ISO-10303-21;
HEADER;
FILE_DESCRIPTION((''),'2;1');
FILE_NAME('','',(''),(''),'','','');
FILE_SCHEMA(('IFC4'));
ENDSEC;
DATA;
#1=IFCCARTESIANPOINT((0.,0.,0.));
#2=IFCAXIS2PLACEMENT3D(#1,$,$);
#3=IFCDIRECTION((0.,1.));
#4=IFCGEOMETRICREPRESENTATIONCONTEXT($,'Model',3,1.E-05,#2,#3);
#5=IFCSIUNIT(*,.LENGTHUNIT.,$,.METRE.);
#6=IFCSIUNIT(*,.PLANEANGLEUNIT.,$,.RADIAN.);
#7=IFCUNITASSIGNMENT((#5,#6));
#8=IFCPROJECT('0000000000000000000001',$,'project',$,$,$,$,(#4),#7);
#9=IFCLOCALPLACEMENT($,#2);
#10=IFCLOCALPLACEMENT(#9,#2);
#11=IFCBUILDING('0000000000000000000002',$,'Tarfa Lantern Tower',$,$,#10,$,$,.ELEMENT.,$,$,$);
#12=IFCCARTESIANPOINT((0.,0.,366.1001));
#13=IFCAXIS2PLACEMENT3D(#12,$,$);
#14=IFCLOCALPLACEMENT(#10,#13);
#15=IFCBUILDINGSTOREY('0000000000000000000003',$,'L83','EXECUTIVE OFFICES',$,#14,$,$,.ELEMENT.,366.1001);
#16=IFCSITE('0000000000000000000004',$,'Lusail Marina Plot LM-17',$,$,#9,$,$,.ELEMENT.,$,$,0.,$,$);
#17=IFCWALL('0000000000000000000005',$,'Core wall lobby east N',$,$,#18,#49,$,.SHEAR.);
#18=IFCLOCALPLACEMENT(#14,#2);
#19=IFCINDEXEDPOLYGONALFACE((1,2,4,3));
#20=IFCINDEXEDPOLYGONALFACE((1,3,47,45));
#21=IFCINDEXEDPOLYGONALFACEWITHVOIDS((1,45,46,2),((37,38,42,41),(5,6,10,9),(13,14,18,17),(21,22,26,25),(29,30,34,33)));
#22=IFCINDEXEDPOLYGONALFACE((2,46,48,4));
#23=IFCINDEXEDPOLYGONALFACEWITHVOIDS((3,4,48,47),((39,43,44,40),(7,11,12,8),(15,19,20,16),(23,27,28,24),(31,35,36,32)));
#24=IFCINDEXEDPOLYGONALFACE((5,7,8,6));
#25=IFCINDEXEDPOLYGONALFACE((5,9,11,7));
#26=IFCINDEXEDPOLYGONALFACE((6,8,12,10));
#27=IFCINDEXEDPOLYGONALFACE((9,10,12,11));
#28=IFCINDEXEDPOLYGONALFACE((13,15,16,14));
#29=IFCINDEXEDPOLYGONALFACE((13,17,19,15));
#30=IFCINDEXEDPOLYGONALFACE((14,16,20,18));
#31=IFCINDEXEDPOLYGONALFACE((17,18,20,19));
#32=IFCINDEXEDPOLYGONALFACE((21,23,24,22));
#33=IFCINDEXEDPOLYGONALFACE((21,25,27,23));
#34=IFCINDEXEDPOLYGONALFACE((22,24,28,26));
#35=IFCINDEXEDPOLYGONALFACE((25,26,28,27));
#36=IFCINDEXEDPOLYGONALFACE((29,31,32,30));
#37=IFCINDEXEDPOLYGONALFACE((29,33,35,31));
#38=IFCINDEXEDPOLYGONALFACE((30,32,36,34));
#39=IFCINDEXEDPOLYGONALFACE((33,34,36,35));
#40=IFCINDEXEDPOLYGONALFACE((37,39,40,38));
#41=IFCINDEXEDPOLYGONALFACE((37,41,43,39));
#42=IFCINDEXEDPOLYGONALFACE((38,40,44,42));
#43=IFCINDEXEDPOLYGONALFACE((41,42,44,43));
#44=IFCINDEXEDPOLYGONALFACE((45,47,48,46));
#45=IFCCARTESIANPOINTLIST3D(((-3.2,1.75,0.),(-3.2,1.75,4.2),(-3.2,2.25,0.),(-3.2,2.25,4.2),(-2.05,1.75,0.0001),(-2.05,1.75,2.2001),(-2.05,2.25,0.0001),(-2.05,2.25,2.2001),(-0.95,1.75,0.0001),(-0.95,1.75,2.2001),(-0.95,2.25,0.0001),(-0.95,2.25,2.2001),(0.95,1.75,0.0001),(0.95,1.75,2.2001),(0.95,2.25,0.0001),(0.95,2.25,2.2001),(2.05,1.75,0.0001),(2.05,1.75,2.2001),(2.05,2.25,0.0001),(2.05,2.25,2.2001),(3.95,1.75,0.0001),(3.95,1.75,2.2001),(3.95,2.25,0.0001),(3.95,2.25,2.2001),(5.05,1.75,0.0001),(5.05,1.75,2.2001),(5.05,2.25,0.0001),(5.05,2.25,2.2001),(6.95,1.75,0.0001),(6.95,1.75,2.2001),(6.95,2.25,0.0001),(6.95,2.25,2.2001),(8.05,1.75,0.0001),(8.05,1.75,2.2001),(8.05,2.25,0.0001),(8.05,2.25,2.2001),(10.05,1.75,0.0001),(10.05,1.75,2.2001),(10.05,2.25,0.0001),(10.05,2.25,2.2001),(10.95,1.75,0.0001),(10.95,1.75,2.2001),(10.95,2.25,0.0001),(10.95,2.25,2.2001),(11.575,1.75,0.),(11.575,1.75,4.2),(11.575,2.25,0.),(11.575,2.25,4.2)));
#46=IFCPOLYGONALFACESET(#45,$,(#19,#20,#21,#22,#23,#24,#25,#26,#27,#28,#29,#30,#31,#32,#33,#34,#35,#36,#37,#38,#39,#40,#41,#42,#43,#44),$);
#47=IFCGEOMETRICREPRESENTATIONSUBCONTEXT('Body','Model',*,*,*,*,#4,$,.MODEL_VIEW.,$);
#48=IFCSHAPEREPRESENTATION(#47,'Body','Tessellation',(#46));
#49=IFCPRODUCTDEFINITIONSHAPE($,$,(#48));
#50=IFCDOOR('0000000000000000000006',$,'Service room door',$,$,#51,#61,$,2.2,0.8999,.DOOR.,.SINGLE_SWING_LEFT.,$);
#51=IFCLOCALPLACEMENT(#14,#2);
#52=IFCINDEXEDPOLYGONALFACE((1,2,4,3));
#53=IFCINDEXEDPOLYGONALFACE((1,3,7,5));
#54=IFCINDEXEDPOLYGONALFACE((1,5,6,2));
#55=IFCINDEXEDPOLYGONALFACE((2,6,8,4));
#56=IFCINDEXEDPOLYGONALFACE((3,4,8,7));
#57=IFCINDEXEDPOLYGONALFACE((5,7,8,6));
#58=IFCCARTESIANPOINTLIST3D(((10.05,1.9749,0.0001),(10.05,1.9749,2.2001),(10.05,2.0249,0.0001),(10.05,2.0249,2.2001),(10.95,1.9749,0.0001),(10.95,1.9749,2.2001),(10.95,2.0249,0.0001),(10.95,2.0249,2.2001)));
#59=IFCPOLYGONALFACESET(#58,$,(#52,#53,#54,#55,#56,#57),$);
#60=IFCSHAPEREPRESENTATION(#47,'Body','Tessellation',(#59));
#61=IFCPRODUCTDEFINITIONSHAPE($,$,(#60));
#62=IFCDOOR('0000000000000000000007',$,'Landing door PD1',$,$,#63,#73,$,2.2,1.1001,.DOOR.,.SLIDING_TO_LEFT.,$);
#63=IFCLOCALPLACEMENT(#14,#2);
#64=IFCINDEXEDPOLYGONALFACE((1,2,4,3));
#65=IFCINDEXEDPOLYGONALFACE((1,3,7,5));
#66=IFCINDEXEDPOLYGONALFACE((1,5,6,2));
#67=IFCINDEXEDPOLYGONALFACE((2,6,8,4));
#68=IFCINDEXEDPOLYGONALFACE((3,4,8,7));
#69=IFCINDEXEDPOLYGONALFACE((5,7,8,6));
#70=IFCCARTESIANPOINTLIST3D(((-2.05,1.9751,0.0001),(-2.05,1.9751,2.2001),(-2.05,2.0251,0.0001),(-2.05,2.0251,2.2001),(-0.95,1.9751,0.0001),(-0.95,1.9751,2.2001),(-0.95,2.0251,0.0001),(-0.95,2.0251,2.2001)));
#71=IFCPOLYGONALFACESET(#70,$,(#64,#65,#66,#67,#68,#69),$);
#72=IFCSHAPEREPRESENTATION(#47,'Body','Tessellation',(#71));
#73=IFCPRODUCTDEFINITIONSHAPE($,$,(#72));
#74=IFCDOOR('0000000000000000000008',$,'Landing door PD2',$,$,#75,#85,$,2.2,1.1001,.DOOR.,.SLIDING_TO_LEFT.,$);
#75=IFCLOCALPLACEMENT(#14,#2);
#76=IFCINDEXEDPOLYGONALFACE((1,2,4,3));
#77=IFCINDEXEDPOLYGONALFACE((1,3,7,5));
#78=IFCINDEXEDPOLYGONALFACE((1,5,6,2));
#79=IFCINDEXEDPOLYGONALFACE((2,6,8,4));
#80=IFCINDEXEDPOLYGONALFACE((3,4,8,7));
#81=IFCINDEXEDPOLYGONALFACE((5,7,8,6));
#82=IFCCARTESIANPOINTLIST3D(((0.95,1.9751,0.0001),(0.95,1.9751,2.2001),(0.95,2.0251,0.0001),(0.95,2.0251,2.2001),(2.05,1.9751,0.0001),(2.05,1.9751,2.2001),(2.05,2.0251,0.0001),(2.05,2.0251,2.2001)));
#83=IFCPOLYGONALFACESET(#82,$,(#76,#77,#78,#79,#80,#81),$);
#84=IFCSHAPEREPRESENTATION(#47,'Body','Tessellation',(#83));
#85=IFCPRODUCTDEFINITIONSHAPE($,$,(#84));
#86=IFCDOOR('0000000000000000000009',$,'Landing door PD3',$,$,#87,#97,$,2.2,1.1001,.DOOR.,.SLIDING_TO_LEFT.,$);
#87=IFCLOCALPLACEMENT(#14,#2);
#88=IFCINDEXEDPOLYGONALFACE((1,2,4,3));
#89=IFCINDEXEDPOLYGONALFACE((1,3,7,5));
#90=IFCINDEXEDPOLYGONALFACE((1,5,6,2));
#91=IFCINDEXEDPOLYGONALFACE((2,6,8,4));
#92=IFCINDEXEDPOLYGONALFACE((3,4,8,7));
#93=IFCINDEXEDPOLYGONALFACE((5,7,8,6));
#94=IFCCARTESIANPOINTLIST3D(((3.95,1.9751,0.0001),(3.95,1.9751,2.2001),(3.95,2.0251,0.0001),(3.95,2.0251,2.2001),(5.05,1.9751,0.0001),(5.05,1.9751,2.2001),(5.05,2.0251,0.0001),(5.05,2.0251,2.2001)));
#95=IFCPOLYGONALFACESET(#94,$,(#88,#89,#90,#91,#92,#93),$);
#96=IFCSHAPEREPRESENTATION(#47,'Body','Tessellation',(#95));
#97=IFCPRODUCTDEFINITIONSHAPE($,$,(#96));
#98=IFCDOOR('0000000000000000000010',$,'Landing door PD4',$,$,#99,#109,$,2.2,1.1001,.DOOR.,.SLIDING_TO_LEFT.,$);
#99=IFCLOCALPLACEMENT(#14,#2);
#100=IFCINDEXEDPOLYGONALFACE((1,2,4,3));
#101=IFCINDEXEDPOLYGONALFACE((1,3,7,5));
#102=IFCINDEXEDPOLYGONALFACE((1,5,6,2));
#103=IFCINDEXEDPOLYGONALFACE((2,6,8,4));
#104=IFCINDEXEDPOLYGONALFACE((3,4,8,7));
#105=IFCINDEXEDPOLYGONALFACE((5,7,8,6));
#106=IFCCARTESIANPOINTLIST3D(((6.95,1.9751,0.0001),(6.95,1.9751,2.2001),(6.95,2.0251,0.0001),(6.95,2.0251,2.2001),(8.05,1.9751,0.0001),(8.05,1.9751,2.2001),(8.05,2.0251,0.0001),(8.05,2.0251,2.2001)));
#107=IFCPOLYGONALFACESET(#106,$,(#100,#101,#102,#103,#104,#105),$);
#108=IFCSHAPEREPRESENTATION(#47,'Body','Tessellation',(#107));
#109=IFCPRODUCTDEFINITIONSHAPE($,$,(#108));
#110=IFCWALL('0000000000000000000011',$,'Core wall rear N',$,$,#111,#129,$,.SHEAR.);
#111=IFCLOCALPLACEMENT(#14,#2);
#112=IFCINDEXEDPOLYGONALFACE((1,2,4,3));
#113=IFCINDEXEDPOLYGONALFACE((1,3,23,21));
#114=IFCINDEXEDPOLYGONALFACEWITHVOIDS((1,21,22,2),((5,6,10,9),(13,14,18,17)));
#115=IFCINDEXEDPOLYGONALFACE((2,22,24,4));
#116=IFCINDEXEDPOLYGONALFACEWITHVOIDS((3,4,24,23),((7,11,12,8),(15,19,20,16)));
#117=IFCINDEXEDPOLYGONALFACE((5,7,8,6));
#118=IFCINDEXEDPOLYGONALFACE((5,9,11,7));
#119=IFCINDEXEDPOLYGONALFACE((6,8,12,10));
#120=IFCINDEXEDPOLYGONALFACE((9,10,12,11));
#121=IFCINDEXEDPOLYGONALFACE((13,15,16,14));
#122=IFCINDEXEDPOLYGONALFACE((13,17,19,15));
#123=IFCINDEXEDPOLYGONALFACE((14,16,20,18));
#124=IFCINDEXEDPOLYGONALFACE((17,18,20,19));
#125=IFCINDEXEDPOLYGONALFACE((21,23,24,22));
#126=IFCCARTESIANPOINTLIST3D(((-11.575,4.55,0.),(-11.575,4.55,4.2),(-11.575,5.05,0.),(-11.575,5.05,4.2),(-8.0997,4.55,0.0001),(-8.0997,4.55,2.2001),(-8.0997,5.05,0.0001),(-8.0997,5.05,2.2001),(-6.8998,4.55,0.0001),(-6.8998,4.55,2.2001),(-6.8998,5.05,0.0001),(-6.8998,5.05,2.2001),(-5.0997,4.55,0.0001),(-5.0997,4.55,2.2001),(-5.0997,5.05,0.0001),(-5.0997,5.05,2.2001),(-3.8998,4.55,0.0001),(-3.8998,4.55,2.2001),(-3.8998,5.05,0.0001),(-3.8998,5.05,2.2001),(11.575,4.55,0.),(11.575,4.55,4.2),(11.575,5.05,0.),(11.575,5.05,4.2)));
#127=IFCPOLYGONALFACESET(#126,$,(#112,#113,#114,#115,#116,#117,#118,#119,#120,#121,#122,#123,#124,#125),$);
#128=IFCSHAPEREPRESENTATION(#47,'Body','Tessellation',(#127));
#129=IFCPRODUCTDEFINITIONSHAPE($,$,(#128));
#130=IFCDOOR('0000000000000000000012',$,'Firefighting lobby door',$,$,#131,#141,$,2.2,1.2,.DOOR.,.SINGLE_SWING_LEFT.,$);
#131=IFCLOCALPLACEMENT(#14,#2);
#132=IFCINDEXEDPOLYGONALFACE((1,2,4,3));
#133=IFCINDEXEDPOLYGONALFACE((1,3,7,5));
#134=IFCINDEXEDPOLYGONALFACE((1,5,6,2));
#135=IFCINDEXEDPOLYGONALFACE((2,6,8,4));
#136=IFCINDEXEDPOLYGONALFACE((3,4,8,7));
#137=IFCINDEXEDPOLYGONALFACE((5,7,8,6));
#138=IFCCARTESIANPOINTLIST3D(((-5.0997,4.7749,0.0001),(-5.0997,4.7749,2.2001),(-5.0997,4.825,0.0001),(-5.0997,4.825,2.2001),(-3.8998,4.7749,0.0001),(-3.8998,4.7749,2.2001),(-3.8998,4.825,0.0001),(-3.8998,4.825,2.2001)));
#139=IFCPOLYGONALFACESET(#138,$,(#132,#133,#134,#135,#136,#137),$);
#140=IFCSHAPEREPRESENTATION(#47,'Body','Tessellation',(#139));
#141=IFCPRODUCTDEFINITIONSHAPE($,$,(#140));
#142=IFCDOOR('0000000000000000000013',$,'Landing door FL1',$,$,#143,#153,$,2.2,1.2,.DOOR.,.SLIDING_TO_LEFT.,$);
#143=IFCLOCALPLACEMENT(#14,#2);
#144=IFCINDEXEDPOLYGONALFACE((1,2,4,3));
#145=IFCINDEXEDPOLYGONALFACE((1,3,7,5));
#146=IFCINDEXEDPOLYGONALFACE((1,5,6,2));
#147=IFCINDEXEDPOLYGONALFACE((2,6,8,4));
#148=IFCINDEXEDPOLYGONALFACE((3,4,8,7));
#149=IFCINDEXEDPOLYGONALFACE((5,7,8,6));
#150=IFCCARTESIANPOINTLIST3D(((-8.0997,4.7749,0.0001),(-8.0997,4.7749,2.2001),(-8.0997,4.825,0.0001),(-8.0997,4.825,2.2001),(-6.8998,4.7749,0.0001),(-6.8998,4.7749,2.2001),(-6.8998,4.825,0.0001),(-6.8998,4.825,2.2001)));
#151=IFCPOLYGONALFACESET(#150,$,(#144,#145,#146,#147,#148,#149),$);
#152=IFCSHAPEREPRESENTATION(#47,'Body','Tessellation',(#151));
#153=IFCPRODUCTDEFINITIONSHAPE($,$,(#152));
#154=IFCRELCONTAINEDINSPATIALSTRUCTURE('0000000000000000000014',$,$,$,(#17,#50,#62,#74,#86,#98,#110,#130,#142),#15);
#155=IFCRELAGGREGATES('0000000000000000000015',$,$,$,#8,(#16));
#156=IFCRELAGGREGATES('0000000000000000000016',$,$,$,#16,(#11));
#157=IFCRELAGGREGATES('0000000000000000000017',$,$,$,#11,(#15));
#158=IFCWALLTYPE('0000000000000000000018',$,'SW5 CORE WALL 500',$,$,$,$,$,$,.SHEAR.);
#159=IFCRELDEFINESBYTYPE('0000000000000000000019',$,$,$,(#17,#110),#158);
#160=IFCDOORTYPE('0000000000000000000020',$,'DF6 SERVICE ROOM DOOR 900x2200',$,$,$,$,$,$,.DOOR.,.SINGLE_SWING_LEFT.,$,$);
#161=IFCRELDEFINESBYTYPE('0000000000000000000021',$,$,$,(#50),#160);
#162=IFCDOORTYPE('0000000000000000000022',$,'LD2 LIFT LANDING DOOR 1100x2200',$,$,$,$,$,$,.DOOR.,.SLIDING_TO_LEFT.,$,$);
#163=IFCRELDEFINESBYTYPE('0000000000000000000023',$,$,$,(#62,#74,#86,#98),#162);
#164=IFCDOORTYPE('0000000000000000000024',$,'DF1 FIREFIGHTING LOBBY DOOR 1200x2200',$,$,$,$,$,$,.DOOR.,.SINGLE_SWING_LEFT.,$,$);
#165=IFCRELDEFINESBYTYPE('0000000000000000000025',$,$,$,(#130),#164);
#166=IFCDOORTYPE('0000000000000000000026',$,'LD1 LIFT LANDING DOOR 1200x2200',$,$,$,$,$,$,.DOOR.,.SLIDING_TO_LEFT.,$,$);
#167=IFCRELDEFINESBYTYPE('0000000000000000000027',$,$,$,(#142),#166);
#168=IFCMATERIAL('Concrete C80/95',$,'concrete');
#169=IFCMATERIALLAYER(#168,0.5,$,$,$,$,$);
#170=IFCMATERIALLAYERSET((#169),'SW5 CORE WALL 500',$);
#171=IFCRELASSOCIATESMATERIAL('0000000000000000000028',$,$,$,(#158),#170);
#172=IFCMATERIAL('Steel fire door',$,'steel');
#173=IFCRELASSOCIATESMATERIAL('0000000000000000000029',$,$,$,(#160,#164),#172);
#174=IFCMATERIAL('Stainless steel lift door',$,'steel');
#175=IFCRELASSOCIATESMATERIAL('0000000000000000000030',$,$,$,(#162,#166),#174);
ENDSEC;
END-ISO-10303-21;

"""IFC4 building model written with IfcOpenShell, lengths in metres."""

from ifc_helpers import new_model, si_unit, direction, frame, frame_2d, origin, place, context, subcontext, project, spatial, rectangle, extrude, material, layer, layer_set, type_object, element, fill, save


model = new_model("IFC4")

# Units and contexts
model_context = context("Model", 3, precision=1e-05, world=origin(), true_north=direction((0.0, 1.0)))
body_context = subcontext(model_context, "Body", "Model", "MODEL_VIEW")
ifc_project = project(units=[si_unit("LENGTHUNIT", "METRE"), si_unit("PLANEANGLEUNIT", "RADIAN")], contexts=[model_context])

# Site, building, storey
site_placement = place(None, origin())
site = spatial("IfcSite", under=ifc_project, at=site_placement, Name="Lusail Marina Plot LM-17", CompositionType="ELEMENT", RefElevation=0.0)
building_placement = place(site_placement, origin())
building = spatial("IfcBuilding", under=site, at=building_placement, Name="Tarfa Lantern Tower", CompositionType="ELEMENT")
storey_placement = place(building_placement, frame((0.0, 0.0, 366.1001)))
storey = spatial("IfcBuildingStorey", under=building, at=storey_placement, Name="L83", Description="EXECUTIVE OFFICES", CompositionType="ELEMENT", Elevation=366.1001)

# Shared definitions
ifc_material_1 = material(Name="Concrete C80/95", Category="concrete")

# Shared definitions
ifc_material_2 = material(Name="Steel fire door", Category="steel")
ifc_layer_1 = layer(ifc_material_1, 0.5)
ifc_layer_set_1 = layer_set([ifc_layer_1], Name="SW5 CORE WALL 500")
wall_type_1 = type_object("IfcWallType", Name="SW5 CORE WALL 500", PredefinedType="SHEAR", material=ifc_layer_set_1)
door_type_1 = type_object("IfcDoorType", Name="DF6 SERVICE ROOM DOOR 900x2200", OperationType="SINGLE_SWING_LEFT", PredefinedType="DOOR", material=ifc_material_2)

# Walls, openings, doors
wall_1_placement = place(storey_placement, frame((-3.2, 2.0, 0.0), z_axis=(0.0, 0.0, 1.0), x_axis=(1.0, 0.0, 0.0)))
wall_1 = element("IfcWall", 1, at=wall_1_placement, inside=storey, type_object=wall_type_1, Name="Core wall lobby east N", PredefinedType="SHEAR", context=body_context, shape_type="SweptSolid", body=[
    extrude(rectangle(XDim=14.7749, YDim=0.5, at=frame_2d((7.3875, 0.0))), origin(), (0.0, 0.0, 1.0), 4.2),
])
opening_1_placement = place(wall_1_placement, frame((13.25, 0.0, 0.0)))
opening_1 = element("IfcOpeningElement", 2, at=opening_1_placement, cuts=wall_1, PredefinedType="OPENING", context=body_context, shape_type="SweptSolid", body=[
    extrude(rectangle(XDim=0.8999, YDim=2.2, at=frame_2d((0.45, 1.1001))), frame((0.0, 0.26, 0.0), z_axis=(0.0, -1.0, 0.0), x_axis=(1.0, 0.0, 0.0)), (0.0, 0.0, 1.0), 0.52),
])
opening_2_placement = place(wall_1_placement, frame((1.1499, 0.0, 0.0)))
opening_2 = element("IfcOpeningElement", 3, at=opening_2_placement, cuts=wall_1, PredefinedType="OPENING", context=body_context, shape_type="SweptSolid", body=[
    extrude(rectangle(XDim=1.1001, YDim=2.2, at=frame_2d((0.55, 1.1001))), frame((0.0, 0.26, 0.0), z_axis=(0.0, -1.0, 0.0), x_axis=(1.0, 0.0, 0.0)), (0.0, 0.0, 1.0), 0.52),
])
opening_3_placement = place(wall_1_placement, frame((4.1499, 0.0, 0.0)))
opening_3 = element("IfcOpeningElement", 4, at=opening_3_placement, cuts=wall_1, PredefinedType="OPENING", context=body_context, shape_type="SweptSolid", body=[
    extrude(rectangle(XDim=1.1001, YDim=2.2, at=frame_2d((0.55, 1.1001))), frame((0.0, 0.26, 0.0), z_axis=(0.0, -1.0, 0.0), x_axis=(1.0, 0.0, 0.0)), (0.0, 0.0, 1.0), 0.52),
])
opening_4_placement = place(wall_1_placement, frame((7.1499, 0.0, 0.0)))
opening_4 = element("IfcOpeningElement", 5, at=opening_4_placement, cuts=wall_1, PredefinedType="OPENING", context=body_context, shape_type="SweptSolid", body=[
    extrude(rectangle(XDim=1.1001, YDim=2.2, at=frame_2d((0.55, 1.1001))), frame((0.0, 0.26, 0.0), z_axis=(0.0, -1.0, 0.0), x_axis=(1.0, 0.0, 0.0)), (0.0, 0.0, 1.0), 0.52),
])
opening_5_placement = place(wall_1_placement, frame((10.1499, 0.0, 0.0)))
opening_5 = element("IfcOpeningElement", 6, at=opening_5_placement, cuts=wall_1, PredefinedType="OPENING", context=body_context, shape_type="SweptSolid", body=[
    extrude(rectangle(XDim=1.1001, YDim=2.2, at=frame_2d((0.55, 1.1001))), frame((0.0, 0.26, 0.0), z_axis=(0.0, -1.0, 0.0), x_axis=(1.0, 0.0, 0.0)), (0.0, 0.0, 1.0), 0.52),
])
door_1_placement = place(opening_1_placement, origin())
door_1 = element("IfcDoor", 7, at=door_1_placement, inside=storey, type_object=door_type_1, Name="Service room door", OperationType="SINGLE_SWING_LEFT", OverallHeight=2.2, OverallWidth=0.8999, PredefinedType="DOOR", context=body_context, shape_type="SweptSolid", body=[
    extrude(rectangle(XDim=0.8999, YDim=2.2, at=frame_2d((0.45, 1.1001))), frame((0.0, 0.0249, 0.0), z_axis=(0.0, -1.0, 0.0), x_axis=(1.0, 0.0, 0.0)), (0.0, 0.0, 1.0), 0.05),
])
fill(opening_1, door_1)
ifc_material_3 = material(Name="Stainless steel lift door", Category="steel")
door_type_2 = type_object("IfcDoorType", Name="LD2 LIFT LANDING DOOR 1100x2200", OperationType="SLIDING_TO_LEFT", PredefinedType="DOOR", material=ifc_material_3)
door_2_placement = place(opening_2_placement, frame((1.1001, 0.0, 0.0), z_axis=(0.0, 0.0, 1.0), x_axis=(-1.0, 0.0, 0.0)))
door_2 = element("IfcDoor", 8, at=door_2_placement, inside=storey, type_object=door_type_2, Name="Landing door PD1", OperationType="SLIDING_TO_LEFT", OverallHeight=2.2, OverallWidth=1.1001, PredefinedType="DOOR", context=body_context, shape_type="SweptSolid", body=[
    extrude(rectangle(XDim=1.1001, YDim=2.2, at=frame_2d((0.55, 1.1001))), frame((0.0, 0.0249, 0.0), z_axis=(0.0, -1.0, 0.0), x_axis=(1.0, 0.0, 0.0)), (0.0, 0.0, 1.0), 0.05),
])
fill(opening_2, door_2)
door_3_placement = place(opening_3_placement, frame((1.1001, 0.0, 0.0), z_axis=(0.0, 0.0, 1.0), x_axis=(-1.0, 0.0, 0.0)))
door_3 = element("IfcDoor", 9, at=door_3_placement, inside=storey, type_object=door_type_2, Name="Landing door PD2", OperationType="SLIDING_TO_LEFT", OverallHeight=2.2, OverallWidth=1.1001, PredefinedType="DOOR", context=body_context, shape_type="SweptSolid", body=[
    extrude(rectangle(XDim=1.1001, YDim=2.2, at=frame_2d((0.55, 1.1001))), frame((0.0, 0.0249, 0.0), z_axis=(0.0, -1.0, 0.0), x_axis=(1.0, 0.0, 0.0)), (0.0, 0.0, 1.0), 0.05),
])
fill(opening_3, door_3)
door_4_placement = place(opening_4_placement, frame((1.1001, 0.0, 0.0), z_axis=(0.0, 0.0, 1.0), x_axis=(-1.0, 0.0, 0.0)))
door_4 = element("IfcDoor", 10, at=door_4_placement, inside=storey, type_object=door_type_2, Name="Landing door PD3", OperationType="SLIDING_TO_LEFT", OverallHeight=2.2, OverallWidth=1.1001, PredefinedType="DOOR", context=body_context, shape_type="SweptSolid", body=[
    extrude(rectangle(XDim=1.1001, YDim=2.2, at=frame_2d((0.55, 1.1001))), frame((0.0, 0.0249, 0.0), z_axis=(0.0, -1.0, 0.0), x_axis=(1.0, 0.0, 0.0)), (0.0, 0.0, 1.0), 0.05),
])
fill(opening_4, door_4)
door_5_placement = place(opening_5_placement, frame((1.1001, 0.0, 0.0), z_axis=(0.0, 0.0, 1.0), x_axis=(-1.0, 0.0, 0.0)))
door_5 = element("IfcDoor", 11, at=door_5_placement, inside=storey, type_object=door_type_2, Name="Landing door PD4", OperationType="SLIDING_TO_LEFT", OverallHeight=2.2, OverallWidth=1.1001, PredefinedType="DOOR", context=body_context, shape_type="SweptSolid", body=[
    extrude(rectangle(XDim=1.1001, YDim=2.2, at=frame_2d((0.55, 1.1001))), frame((0.0, 0.0249, 0.0), z_axis=(0.0, -1.0, 0.0), x_axis=(1.0, 0.0, 0.0)), (0.0, 0.0, 1.0), 0.05),
])
fill(opening_5, door_5)
wall_2_placement = place(storey_placement, frame((-11.575, 4.8, 0.0), z_axis=(0.0, 0.0, 1.0), x_axis=(1.0, 0.0, 0.0)))
wall_2 = element("IfcWall", 12, at=wall_2_placement, inside=storey, type_object=wall_type_1, Name="Core wall rear N", PredefinedType="SHEAR", context=body_context, shape_type="SweptSolid", body=[
    extrude(rectangle(XDim=23.1499, YDim=0.5, at=frame_2d((11.575, 0.0))), origin(), (0.0, 0.0, 1.0), 4.2),
])
opening_6_placement = place(wall_2_placement, frame((6.4751, 0.0, 0.0)))
opening_6 = element("IfcOpeningElement", 13, at=opening_6_placement, cuts=wall_2, PredefinedType="OPENING", context=body_context, shape_type="SweptSolid", body=[
    extrude(rectangle(XDim=1.2, YDim=2.2, at=frame_2d((0.6001, 1.1001))), frame((0.0, 0.26, 0.0), z_axis=(0.0, -1.0, 0.0), x_axis=(1.0, 0.0, 0.0)), (0.0, 0.0, 1.0), 0.52),
])
opening_7_placement = place(wall_2_placement, frame((3.4751, 0.0, 0.0)))
opening_7 = element("IfcOpeningElement", 14, at=opening_7_placement, cuts=wall_2, PredefinedType="OPENING", context=body_context, shape_type="SweptSolid", body=[
    extrude(rectangle(XDim=1.2, YDim=2.2, at=frame_2d((0.6001, 1.1001))), frame((0.0, 0.26, 0.0), z_axis=(0.0, -1.0, 0.0), x_axis=(1.0, 0.0, 0.0)), (0.0, 0.0, 1.0), 0.52),
])
door_type_3 = type_object("IfcDoorType", Name="DF1 FIREFIGHTING LOBBY DOOR 1200x2200", OperationType="SINGLE_SWING_LEFT", PredefinedType="DOOR", material=ifc_material_2)
door_6_placement = place(opening_6_placement, origin())
door_6 = element("IfcDoor", 15, at=door_6_placement, inside=storey, type_object=door_type_3, Name="Firefighting lobby door", OperationType="SINGLE_SWING_LEFT", OverallHeight=2.2, OverallWidth=1.2, PredefinedType="DOOR", context=body_context, shape_type="SweptSolid", body=[
    extrude(rectangle(XDim=1.2, YDim=2.2, at=frame_2d((0.6001, 1.1001))), frame((0.0, 0.0249, 0.0), z_axis=(0.0, -1.0, 0.0), x_axis=(1.0, 0.0, 0.0)), (0.0, 0.0, 1.0), 0.05),
])
fill(opening_6, door_6)
door_type_4 = type_object("IfcDoorType", Name="LD1 LIFT LANDING DOOR 1200x2200", OperationType="SLIDING_TO_LEFT", PredefinedType="DOOR", material=ifc_material_3)
door_7_placement = place(opening_7_placement, origin())
door_7 = element("IfcDoor", 16, at=door_7_placement, inside=storey, type_object=door_type_4, Name="Landing door FL1", OperationType="SLIDING_TO_LEFT", OverallHeight=2.2, OverallWidth=1.2, PredefinedType="DOOR", context=body_context, shape_type="SweptSolid", body=[
    extrude(rectangle(XDim=1.2, YDim=2.2, at=frame_2d((0.6001, 1.1001))), frame((0.0, 0.0249, 0.0), z_axis=(0.0, -1.0, 0.0), x_axis=(1.0, 0.0, 0.0)), (0.0, 0.0, 1.0), 0.05),
])
fill(opening_7, door_7)

save(model, "model.ifc")
